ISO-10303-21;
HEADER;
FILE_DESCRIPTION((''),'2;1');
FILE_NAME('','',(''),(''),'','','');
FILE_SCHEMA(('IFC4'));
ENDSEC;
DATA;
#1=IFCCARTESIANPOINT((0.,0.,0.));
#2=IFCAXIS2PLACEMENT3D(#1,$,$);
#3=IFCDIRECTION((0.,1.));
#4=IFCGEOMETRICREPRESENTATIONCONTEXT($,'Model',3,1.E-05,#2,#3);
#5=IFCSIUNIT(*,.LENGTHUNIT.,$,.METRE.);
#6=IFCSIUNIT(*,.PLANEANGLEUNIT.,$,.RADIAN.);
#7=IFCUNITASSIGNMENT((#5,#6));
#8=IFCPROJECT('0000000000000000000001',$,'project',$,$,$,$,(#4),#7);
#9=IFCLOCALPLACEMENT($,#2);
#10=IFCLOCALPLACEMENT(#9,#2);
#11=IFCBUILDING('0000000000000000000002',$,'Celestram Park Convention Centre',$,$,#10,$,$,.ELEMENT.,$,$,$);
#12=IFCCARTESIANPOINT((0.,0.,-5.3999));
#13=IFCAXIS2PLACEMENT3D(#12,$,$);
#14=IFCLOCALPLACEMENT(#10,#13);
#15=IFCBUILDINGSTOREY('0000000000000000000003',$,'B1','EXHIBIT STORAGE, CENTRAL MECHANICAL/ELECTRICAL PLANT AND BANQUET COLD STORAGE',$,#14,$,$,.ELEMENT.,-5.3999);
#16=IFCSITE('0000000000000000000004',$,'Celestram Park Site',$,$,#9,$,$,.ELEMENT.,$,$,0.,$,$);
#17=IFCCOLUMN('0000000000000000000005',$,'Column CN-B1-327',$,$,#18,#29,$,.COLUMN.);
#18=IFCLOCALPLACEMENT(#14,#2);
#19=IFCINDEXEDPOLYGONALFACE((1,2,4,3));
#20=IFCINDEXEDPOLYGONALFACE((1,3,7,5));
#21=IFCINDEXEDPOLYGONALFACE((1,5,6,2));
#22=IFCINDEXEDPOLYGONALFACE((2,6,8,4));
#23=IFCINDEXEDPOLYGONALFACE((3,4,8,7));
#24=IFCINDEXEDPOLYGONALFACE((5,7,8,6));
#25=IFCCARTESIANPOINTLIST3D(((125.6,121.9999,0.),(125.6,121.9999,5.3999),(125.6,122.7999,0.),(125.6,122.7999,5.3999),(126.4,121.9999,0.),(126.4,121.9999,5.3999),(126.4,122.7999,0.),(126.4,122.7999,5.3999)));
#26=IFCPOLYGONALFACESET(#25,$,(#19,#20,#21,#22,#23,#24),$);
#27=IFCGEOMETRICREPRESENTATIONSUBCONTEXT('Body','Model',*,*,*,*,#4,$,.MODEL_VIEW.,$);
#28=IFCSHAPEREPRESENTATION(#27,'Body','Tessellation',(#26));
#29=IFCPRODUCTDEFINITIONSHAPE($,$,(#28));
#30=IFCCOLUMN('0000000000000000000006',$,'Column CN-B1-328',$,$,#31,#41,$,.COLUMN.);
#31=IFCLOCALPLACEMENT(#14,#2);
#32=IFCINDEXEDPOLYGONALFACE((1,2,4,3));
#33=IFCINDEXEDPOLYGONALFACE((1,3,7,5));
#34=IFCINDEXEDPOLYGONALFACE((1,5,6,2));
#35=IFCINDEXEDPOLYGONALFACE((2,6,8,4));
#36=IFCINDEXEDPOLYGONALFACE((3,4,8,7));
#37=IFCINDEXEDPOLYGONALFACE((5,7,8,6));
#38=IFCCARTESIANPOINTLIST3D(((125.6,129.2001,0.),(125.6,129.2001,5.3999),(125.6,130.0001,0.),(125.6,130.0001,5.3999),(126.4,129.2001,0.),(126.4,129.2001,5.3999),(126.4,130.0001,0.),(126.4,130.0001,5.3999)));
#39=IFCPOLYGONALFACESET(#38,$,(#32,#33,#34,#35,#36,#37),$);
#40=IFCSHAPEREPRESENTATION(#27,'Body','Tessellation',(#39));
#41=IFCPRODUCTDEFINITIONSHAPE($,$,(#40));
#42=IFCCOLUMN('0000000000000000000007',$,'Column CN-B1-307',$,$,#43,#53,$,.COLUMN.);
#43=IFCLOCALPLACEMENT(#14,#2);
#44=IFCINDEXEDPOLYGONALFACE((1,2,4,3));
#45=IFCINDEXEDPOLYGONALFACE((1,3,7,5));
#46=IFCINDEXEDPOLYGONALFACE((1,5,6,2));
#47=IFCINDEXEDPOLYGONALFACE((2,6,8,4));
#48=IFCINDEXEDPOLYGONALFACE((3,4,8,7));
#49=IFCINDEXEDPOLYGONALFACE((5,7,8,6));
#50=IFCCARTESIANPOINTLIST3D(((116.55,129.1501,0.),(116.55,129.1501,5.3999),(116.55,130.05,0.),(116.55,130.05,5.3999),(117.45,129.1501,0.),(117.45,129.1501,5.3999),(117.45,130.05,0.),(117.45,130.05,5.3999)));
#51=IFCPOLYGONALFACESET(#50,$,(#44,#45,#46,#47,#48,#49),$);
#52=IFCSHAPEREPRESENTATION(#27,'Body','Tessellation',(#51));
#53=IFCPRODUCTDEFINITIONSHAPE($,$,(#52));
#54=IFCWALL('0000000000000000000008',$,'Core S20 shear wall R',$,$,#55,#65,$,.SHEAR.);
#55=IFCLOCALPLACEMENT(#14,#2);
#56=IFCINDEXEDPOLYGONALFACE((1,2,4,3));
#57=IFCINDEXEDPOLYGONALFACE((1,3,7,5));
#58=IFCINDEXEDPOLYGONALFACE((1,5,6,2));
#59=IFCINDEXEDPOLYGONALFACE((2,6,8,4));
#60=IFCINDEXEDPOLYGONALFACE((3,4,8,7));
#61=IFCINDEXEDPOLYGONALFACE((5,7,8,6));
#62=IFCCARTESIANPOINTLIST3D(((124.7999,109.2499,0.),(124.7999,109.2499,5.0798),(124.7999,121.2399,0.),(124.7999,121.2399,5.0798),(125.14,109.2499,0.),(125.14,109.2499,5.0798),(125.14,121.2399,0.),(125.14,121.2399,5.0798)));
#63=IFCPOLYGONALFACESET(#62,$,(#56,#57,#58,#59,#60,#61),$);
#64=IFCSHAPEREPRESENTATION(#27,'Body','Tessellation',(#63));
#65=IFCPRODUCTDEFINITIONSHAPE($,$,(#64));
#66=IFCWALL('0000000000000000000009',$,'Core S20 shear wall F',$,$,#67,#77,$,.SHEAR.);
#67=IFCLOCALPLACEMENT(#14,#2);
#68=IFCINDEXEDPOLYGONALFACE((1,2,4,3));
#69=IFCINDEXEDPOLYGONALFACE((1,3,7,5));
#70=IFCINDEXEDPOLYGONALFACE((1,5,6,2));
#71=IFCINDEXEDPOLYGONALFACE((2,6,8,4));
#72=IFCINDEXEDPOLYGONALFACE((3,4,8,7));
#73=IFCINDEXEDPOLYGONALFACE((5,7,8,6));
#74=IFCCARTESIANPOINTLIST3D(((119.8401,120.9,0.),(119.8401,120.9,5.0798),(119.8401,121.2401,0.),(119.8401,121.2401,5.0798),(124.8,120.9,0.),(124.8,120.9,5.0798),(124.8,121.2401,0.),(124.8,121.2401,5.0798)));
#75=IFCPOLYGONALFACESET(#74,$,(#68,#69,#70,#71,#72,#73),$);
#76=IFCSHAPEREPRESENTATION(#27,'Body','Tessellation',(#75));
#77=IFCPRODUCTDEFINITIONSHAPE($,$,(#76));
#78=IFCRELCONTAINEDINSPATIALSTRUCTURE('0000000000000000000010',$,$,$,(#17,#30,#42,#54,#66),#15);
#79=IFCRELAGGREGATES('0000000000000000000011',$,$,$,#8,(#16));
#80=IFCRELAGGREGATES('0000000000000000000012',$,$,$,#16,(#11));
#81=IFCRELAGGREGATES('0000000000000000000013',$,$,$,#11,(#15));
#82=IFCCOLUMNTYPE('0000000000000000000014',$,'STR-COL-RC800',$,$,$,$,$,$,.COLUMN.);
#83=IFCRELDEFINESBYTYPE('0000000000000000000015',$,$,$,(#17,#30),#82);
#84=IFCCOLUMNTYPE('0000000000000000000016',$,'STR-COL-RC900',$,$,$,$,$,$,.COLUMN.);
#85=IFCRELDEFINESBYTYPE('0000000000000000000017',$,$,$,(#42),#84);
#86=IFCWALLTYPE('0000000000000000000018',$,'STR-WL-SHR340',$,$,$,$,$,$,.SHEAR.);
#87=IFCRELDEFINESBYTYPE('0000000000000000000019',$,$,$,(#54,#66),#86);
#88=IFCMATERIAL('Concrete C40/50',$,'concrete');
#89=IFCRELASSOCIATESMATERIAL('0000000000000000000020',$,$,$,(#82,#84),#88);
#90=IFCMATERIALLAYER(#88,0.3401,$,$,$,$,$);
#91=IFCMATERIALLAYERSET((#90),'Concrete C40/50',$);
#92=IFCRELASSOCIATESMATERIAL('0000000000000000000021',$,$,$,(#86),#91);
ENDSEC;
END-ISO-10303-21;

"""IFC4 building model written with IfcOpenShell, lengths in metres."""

from ifc_helpers import new_model, si_unit, direction, frame, frame_2d, origin, origin_2d, place, context, subcontext, project, spatial, rectangle, extrude, material, layer, layer_set, material_profile, profile_set, type_object, element, save


model = new_model("IFC4")

# Units and contexts
model_context = context("Model", 3, precision=1e-05, world=origin(), true_north=direction((0.0, 1.0)))
body_context = subcontext(model_context, "Body", "Model", "MODEL_VIEW")
ifc_project = project(units=[si_unit("LENGTHUNIT", "METRE"), si_unit("PLANEANGLEUNIT", "RADIAN")], contexts=[model_context])

# Site, building, storey
site_placement = place(None, origin())
site = spatial("IfcSite", under=ifc_project, at=site_placement, Name="Celestram Park Site", CompositionType="ELEMENT", RefElevation=0.0)
building_placement = place(site_placement, origin())
building = spatial("IfcBuilding", under=site, at=building_placement, Name="Celestram Park Convention Centre", CompositionType="ELEMENT")
storey_placement = place(building_placement, frame((0.0, 0.0, -5.3999)))
storey = spatial("IfcBuildingStorey", under=building, at=storey_placement, Name="B1", Description="EXHIBIT STORAGE, CENTRAL MECHANICAL/ELECTRICAL PLANT AND BANQUET COLD STORAGE", CompositionType="ELEMENT", Elevation=-5.3999)

# Shared definitions
ifc_material_1 = material(Name="Concrete C40/50", Category="concrete")

# Columns
ifc_material_profile_1 = material_profile(ifc_material_1, rectangle(XDim=0.8, YDim=0.8, at=origin_2d()), Name="RC800X800")
ifc_profile_set_1 = profile_set([ifc_material_profile_1], Name="Concrete C40/50")
column_type_1 = type_object("IfcColumnType", Name="STR-COL-RC800", PredefinedType="COLUMN", material=ifc_profile_set_1)
for number, where, z_axis, x_axis, name in (
    (1, (126.0, 122.3999, 0.0), (0.0, 0.0, 1.0), (1.0, 0.0, 0.0), "Column CN-B1-327"),
    (2, (126.0, 129.6001, 0.0), (0.0, 0.0, 1.0), (1.0, 0.0, 0.0), "Column CN-B1-328"),
):
    element("IfcColumn", number, at=place(storey_placement, frame(where, z_axis=z_axis, x_axis=x_axis)), inside=storey, type_object=column_type_1, Name=name, PredefinedType="COLUMN", context=body_context, shape_type="SweptSolid", body=[
        extrude(rectangle(XDim=0.8, YDim=0.8, at=origin_2d()), origin(), (0.0, 0.0, 1.0), 5.3999),
    ])
ifc_material_profile_2 = material_profile(ifc_material_1, rectangle(XDim=0.8999, YDim=0.8999, at=origin_2d()), Name="RC900X900")
ifc_profile_set_2 = profile_set([ifc_material_profile_2], Name="Concrete C40/50")
column_type_2 = type_object("IfcColumnType", Name="STR-COL-RC900", PredefinedType="COLUMN", material=ifc_profile_set_2)
column_placement = place(storey_placement, frame((117.0, 129.6001, 0.0), z_axis=(0.0, 0.0, 1.0), x_axis=(1.0, 0.0, 0.0)))
element("IfcColumn", 3, at=column_placement, inside=storey, type_object=column_type_2, Name="Column CN-B1-307", PredefinedType="COLUMN", context=body_context, shape_type="SweptSolid", body=[
    extrude(rectangle(XDim=0.8999, YDim=0.8999, at=origin_2d()), origin(), (0.0, 0.0, 1.0), 5.3999),
])

# Walls
ifc_layer = layer(ifc_material_1, 0.3401)
ifc_layer_set = layer_set([ifc_layer], Name="Concrete C40/50")
wall_type = type_object("IfcWallType", Name="STR-WL-SHR340", PredefinedType="SHEAR", material=ifc_layer_set)
wall_1_placement = place(storey_placement, frame((124.97, 121.24, 0.0), z_axis=(0.0, 0.0, 1.0), x_axis=(0.0, -1.0, 0.0)))
element("IfcWall", 4, at=wall_1_placement, inside=storey, type_object=wall_type, Name="Core S20 shear wall R", PredefinedType="SHEAR", context=body_context, shape_type="SweptSolid", body=[
    extrude(rectangle(XDim=11.99, YDim=0.3401, at=frame_2d((5.9951, 0.0))), origin(), (0.0, 0.0, 1.0), 5.0798),
])
wall_2_placement = place(storey_placement, frame((119.8401, 121.0701, 0.0), z_axis=(0.0, 0.0, 1.0), x_axis=(1.0, 0.0, 0.0)))
element("IfcWall", 5, at=wall_2_placement, inside=storey, type_object=wall_type, Name="Core S20 shear wall F", PredefinedType="SHEAR", context=body_context, shape_type="SweptSolid", body=[
    extrude(rectangle(XDim=4.96, YDim=0.3401, at=frame_2d((2.48, 0.0))), origin(), (0.0, 0.0, 1.0), 5.0798),
])

save(model, "model.ifc")
